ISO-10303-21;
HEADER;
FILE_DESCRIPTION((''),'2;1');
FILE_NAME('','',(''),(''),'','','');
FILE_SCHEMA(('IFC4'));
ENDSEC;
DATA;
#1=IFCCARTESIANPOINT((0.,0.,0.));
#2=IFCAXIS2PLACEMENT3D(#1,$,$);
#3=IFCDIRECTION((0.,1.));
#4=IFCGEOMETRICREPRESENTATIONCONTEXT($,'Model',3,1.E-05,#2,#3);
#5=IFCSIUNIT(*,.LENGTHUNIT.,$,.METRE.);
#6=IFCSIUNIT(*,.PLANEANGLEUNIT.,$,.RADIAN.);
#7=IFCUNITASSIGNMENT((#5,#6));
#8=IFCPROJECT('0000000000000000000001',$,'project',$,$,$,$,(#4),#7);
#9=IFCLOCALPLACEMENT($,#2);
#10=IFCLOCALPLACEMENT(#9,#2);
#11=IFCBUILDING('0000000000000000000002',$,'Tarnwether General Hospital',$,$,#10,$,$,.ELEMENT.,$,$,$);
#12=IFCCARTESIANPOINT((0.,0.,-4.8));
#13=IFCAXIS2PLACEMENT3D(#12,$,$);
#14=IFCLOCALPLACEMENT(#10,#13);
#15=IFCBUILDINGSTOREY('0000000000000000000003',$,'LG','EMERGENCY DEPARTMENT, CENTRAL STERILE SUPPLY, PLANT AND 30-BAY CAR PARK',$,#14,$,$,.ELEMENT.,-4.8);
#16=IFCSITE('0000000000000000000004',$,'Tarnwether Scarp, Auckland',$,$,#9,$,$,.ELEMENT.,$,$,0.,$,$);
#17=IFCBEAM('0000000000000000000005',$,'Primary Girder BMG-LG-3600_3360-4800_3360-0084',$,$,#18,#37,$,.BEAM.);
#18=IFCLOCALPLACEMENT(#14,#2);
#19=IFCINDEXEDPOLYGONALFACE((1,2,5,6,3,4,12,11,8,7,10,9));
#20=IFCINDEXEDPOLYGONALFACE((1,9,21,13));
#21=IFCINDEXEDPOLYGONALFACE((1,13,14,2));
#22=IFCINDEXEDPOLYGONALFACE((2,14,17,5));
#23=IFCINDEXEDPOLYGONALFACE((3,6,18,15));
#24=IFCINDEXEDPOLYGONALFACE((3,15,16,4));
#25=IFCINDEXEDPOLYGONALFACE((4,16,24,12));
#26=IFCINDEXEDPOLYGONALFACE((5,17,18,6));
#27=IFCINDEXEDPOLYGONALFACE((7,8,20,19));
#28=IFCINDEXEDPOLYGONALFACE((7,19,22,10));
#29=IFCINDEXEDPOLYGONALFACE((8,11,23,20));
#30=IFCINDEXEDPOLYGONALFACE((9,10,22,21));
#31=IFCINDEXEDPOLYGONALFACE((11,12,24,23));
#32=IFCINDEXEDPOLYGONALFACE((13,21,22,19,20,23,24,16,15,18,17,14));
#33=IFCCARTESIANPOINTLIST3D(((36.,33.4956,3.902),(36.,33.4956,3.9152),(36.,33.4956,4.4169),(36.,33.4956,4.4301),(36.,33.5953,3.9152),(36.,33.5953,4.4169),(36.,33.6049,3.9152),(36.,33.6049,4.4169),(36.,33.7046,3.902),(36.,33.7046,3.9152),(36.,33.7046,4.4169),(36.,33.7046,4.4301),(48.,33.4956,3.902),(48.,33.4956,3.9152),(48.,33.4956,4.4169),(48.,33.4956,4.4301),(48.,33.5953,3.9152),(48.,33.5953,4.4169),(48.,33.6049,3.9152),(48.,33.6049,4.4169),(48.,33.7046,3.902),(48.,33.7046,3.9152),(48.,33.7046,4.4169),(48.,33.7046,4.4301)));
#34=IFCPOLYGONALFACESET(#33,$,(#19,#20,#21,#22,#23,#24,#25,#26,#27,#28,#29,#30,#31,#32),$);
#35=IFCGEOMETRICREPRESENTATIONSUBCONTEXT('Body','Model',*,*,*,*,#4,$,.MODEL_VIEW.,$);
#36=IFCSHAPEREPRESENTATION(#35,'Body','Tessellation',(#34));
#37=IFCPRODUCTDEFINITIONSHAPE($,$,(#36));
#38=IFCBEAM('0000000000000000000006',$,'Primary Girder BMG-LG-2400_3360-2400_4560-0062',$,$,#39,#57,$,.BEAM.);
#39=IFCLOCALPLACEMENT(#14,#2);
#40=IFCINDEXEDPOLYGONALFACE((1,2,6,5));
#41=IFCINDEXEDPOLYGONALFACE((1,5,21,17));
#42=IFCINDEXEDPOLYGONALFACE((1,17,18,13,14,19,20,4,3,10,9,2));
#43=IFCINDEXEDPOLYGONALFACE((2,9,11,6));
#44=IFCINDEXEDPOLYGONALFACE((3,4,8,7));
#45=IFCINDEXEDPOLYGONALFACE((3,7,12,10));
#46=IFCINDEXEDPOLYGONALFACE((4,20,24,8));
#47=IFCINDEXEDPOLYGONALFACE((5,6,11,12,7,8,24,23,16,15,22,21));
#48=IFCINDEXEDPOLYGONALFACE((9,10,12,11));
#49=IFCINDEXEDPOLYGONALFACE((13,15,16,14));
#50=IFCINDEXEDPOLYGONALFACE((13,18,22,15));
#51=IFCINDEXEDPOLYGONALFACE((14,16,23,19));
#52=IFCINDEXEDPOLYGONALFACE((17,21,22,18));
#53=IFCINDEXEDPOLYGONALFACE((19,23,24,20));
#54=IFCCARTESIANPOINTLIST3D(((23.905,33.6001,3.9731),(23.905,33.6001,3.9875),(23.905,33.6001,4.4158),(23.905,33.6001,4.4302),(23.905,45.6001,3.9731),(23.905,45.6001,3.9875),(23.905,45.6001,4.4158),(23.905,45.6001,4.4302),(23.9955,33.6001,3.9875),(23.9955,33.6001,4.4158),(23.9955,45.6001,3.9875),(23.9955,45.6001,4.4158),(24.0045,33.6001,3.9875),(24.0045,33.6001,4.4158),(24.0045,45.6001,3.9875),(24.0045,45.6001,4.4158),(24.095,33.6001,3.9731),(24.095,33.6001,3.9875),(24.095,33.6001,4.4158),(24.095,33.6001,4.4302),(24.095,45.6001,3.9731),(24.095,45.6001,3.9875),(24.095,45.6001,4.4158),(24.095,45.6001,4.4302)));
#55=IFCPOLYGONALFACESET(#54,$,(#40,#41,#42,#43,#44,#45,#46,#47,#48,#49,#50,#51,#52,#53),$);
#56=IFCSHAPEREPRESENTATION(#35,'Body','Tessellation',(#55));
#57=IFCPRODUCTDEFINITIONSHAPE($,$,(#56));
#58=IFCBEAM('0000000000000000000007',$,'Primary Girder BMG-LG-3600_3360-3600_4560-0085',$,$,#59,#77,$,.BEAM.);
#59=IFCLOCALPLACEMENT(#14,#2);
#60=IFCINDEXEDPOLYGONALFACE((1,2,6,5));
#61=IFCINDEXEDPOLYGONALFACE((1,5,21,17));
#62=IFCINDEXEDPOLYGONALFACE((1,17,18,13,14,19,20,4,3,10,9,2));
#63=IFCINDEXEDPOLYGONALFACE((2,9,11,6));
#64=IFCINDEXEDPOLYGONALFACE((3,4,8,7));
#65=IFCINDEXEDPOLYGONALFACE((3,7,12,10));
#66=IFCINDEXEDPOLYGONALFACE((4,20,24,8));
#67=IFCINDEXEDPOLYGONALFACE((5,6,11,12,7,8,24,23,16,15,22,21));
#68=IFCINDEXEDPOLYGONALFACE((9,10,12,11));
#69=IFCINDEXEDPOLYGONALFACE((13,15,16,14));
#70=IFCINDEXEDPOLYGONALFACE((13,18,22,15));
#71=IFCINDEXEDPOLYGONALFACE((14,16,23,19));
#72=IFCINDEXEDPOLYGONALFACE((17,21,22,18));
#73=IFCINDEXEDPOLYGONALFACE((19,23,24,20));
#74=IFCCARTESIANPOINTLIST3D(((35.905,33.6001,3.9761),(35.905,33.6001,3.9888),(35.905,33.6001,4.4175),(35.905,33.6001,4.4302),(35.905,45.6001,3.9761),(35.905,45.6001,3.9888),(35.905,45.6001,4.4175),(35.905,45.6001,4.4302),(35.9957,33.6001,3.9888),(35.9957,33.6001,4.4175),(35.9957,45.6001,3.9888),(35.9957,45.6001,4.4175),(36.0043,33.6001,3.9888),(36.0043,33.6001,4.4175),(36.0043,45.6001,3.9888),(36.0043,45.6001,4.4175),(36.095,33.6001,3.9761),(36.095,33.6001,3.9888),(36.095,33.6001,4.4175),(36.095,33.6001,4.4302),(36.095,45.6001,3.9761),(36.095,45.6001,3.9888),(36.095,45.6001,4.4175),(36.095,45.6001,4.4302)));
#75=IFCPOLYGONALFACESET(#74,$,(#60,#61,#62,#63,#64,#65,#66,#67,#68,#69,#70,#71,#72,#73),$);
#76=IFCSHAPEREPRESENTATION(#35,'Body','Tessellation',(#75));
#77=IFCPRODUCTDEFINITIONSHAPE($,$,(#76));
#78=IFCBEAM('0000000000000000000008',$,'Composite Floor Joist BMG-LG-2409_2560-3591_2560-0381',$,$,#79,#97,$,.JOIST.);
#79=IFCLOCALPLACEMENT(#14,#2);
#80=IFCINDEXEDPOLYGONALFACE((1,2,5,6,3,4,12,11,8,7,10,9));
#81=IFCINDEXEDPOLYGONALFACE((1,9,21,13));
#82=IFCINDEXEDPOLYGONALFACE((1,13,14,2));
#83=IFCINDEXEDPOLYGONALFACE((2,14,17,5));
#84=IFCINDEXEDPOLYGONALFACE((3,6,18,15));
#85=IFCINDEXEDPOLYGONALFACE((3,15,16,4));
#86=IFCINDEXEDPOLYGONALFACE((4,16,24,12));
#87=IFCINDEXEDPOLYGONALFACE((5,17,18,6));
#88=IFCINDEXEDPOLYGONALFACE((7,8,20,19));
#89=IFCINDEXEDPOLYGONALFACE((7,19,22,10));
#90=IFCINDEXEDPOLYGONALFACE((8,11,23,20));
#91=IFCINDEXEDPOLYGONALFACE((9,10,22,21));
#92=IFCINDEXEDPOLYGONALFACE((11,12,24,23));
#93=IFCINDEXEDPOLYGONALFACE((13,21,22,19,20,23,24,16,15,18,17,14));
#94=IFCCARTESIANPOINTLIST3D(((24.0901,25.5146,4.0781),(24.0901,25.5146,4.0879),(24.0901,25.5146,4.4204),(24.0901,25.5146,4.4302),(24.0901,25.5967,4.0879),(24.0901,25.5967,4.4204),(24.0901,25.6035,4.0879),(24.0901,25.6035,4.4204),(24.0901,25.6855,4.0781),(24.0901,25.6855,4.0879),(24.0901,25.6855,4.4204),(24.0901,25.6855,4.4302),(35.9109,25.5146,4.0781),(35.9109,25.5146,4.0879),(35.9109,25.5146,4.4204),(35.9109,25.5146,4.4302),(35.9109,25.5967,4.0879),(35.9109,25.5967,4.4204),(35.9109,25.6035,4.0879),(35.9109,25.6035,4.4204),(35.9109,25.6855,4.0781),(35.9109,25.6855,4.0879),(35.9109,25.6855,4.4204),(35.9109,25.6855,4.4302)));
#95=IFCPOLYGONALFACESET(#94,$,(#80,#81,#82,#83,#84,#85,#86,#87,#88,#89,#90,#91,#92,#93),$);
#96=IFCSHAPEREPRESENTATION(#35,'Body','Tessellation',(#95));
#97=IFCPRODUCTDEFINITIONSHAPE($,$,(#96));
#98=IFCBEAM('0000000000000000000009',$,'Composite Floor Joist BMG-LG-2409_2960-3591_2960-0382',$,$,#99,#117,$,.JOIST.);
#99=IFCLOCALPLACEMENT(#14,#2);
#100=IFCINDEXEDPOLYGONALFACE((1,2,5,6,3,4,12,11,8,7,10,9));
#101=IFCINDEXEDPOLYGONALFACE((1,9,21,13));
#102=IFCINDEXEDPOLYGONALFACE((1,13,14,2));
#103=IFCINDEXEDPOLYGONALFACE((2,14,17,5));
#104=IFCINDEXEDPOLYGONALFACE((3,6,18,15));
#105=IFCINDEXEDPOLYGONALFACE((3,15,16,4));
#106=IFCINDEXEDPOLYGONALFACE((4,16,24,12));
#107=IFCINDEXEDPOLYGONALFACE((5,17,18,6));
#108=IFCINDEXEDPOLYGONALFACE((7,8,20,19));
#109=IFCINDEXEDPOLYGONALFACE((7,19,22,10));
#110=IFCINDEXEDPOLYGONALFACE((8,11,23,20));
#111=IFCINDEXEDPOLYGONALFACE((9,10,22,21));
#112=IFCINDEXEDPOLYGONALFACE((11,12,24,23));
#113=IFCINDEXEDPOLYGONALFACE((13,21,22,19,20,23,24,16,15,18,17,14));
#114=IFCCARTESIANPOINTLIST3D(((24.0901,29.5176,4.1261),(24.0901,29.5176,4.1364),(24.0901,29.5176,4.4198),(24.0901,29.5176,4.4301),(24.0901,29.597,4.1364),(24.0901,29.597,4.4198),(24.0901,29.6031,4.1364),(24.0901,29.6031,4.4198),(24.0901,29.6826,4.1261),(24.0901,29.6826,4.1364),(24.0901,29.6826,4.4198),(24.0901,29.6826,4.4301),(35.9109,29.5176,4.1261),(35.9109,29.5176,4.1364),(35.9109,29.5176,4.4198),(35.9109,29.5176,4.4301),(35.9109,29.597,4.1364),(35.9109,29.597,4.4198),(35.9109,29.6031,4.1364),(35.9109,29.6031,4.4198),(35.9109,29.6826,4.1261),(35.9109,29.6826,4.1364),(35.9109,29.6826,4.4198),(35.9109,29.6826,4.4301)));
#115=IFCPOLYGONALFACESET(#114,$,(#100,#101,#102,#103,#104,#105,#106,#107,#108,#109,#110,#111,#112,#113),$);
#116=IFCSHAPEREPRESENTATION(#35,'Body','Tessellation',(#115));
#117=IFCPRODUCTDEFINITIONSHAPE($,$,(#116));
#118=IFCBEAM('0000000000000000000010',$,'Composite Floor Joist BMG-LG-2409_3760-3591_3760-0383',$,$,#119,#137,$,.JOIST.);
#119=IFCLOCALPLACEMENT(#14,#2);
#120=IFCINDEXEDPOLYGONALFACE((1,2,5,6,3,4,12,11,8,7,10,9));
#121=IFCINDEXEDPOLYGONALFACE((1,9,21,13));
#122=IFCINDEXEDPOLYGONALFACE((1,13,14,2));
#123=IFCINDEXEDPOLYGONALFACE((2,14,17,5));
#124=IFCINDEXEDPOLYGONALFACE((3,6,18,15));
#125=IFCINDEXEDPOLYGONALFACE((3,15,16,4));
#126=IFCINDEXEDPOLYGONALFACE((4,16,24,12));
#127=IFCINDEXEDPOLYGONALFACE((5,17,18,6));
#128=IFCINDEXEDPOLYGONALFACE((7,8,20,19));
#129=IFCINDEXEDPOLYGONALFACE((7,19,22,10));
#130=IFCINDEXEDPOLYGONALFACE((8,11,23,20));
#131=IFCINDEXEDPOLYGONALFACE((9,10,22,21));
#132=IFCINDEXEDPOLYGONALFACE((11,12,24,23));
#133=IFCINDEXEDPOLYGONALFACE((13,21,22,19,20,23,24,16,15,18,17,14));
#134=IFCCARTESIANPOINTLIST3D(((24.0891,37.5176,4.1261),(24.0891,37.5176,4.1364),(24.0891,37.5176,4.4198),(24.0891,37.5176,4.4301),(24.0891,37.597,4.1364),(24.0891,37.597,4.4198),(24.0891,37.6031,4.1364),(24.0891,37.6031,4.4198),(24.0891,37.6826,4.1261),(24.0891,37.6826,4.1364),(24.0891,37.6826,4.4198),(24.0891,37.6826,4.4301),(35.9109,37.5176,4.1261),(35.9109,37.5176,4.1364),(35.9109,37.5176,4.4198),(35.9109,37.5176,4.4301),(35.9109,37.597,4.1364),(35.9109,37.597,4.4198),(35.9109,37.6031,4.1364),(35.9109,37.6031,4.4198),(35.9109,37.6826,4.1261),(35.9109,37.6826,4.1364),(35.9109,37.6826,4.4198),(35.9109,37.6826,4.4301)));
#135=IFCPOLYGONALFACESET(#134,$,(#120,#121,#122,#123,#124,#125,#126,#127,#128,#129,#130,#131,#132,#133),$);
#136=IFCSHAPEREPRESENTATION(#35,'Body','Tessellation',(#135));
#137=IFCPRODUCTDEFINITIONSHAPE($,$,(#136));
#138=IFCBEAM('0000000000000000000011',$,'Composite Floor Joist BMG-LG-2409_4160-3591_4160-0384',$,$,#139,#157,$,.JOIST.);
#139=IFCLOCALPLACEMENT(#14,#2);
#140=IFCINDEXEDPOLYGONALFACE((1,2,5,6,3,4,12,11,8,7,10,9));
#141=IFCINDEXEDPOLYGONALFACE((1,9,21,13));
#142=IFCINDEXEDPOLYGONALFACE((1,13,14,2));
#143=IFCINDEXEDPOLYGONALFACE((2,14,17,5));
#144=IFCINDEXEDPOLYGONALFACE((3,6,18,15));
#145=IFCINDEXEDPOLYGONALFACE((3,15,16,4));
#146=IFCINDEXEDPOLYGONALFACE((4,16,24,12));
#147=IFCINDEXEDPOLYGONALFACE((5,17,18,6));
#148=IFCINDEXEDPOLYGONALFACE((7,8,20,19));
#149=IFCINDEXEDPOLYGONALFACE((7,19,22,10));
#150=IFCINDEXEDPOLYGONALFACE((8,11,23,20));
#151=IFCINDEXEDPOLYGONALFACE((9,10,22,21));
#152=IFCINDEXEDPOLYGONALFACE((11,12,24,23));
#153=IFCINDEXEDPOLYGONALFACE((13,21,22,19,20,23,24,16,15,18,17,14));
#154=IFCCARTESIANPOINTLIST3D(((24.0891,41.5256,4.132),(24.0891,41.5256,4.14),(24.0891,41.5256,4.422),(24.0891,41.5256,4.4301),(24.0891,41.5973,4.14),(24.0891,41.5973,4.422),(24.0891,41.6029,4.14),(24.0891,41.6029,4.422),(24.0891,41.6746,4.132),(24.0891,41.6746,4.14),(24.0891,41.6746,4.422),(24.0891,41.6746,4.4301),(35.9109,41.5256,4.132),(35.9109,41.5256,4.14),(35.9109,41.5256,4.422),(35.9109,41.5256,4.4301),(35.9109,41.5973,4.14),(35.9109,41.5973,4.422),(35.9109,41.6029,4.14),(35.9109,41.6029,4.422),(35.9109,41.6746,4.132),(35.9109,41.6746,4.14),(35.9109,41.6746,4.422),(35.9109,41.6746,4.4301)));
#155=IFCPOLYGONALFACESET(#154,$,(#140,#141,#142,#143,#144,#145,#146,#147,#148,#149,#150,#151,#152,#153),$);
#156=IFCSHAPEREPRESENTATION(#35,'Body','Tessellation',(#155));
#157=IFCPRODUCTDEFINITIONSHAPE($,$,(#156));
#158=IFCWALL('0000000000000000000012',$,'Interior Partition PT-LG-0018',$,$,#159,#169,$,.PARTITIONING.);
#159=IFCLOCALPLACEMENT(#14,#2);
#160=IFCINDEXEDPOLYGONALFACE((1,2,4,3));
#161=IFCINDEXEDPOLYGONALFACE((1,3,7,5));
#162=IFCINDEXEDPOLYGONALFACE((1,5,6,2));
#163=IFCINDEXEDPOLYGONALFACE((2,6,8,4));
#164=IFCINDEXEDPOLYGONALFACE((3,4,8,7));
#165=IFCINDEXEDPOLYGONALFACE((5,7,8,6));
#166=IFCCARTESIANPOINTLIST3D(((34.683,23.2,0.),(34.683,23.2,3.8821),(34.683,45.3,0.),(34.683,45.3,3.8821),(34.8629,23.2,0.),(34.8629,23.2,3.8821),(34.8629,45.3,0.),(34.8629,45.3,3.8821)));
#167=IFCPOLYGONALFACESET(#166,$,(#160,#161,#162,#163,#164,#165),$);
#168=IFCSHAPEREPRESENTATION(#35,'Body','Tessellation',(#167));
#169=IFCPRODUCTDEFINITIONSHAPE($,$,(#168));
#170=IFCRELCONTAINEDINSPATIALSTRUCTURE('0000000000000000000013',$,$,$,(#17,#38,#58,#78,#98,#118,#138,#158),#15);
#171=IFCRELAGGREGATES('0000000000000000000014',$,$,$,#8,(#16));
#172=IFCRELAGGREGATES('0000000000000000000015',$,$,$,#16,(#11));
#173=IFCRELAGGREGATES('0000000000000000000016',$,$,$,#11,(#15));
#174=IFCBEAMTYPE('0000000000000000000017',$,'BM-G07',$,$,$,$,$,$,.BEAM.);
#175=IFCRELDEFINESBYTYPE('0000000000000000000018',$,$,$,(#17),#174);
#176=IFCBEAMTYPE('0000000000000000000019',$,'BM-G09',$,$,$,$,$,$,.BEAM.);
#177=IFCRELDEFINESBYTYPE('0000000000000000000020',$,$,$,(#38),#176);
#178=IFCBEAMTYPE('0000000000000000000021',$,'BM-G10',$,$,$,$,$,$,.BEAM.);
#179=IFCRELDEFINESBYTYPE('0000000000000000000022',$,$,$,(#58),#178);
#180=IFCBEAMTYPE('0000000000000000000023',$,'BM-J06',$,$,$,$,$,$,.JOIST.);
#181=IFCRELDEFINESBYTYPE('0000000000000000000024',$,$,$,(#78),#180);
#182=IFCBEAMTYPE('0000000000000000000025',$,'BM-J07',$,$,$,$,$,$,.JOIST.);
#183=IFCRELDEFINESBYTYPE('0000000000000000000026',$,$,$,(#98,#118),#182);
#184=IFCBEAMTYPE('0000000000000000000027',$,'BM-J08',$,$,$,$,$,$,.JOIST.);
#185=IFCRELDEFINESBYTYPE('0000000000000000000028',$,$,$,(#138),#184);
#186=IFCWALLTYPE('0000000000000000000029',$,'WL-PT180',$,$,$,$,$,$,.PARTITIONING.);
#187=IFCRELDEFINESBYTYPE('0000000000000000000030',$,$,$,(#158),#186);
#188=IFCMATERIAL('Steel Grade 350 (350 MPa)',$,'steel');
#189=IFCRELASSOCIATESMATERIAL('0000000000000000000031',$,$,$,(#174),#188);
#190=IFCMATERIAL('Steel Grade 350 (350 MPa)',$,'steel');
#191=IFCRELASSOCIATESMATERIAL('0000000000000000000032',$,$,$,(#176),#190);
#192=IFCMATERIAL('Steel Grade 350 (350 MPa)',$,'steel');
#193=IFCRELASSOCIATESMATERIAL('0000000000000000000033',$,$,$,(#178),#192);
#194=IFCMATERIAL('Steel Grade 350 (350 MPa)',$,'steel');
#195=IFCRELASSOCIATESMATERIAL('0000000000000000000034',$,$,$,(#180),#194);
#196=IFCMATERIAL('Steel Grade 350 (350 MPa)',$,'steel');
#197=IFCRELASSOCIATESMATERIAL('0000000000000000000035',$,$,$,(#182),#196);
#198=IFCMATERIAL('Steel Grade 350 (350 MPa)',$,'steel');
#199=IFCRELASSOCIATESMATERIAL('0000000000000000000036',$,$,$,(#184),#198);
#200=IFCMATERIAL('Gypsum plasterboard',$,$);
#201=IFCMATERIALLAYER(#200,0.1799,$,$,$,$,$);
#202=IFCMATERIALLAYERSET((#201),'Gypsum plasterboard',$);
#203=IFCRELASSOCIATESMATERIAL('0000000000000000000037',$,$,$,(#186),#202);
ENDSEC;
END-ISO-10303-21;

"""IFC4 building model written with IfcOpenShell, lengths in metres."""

from ifc_helpers import new_model, si_unit, direction, frame, frame_2d, origin, origin_2d, place, context, subcontext, project, spatial, rectangle, i_section, extrude, material, layer, layer_set, material_profile, profile_set, type_object, element, save


model = new_model("IFC4")

# Units and contexts
model_context = context("Model", 3, precision=1e-05, world=origin(), true_north=direction((0.0, 1.0)))
body_context = subcontext(model_context, "Body", "Model", "MODEL_VIEW")
ifc_project = project(units=[si_unit("LENGTHUNIT", "METRE"), si_unit("PLANEANGLEUNIT", "RADIAN")], contexts=[model_context])

# Site, building, storey
site_placement = place(None, origin())
site = spatial("IfcSite", under=ifc_project, at=site_placement, Name="Tarnwether Scarp, Auckland", CompositionType="ELEMENT", RefElevation=0.0)
building_placement = place(site_placement, origin())
building = spatial("IfcBuilding", under=site, at=building_placement, Name="Tarnwether General Hospital", CompositionType="ELEMENT")
storey_placement = place(building_placement, frame((0.0, 0.0, -4.8)))
storey = spatial("IfcBuildingStorey", under=building, at=storey_placement, Name="LG", Description="EMERGENCY DEPARTMENT, CENTRAL STERILE SUPPLY, PLANT AND 30-BAY CAR PARK", CompositionType="ELEMENT", Elevation=-4.8)

# Beams
ifc_material_1 = material(Name="Steel Grade 350 (350 MPa)", Category="steel")
ifc_material_profile_1 = material_profile(ifc_material_1, i_section(OverallWidth=0.209, OverallDepth=0.5281, WebThickness=0.0095, FlangeThickness=0.0132, at=origin_2d()), Name="530UB82.0")
ifc_profile_set_1 = profile_set([ifc_material_profile_1], Name="Steel Grade 350 (350 MPa)")
beam_type_1 = type_object("IfcBeamType", Name="BM-G07", PredefinedType="BEAM", material=ifc_profile_set_1)
beam_1_placement = place(storey_placement, frame((36.0, 33.6001, 4.166), z_axis=(1.0, 0.0, 0.0), x_axis=(0.0, 1.0, 0.0)))
element("IfcBeam", 1, at=beam_1_placement, inside=storey, type_object=beam_type_1, Name="Primary Girder BMG-LG-3600_3360-4800_3360-0084", PredefinedType="BEAM", context=body_context, shape_type="SweptSolid", body=[
    extrude(i_section(OverallWidth=0.209, OverallDepth=0.5281, WebThickness=0.0095, FlangeThickness=0.0132, at=origin_2d()), origin(), (0.0, 0.0, 1.0), 12.0),
])
ifc_material_2 = material(Name="Steel Grade 350 (350 MPa)", Category="steel")
ifc_material_profile_2 = material_profile(ifc_material_2, i_section(OverallWidth=0.1899, OverallDepth=0.457, WebThickness=0.009, FlangeThickness=0.0144, at=origin_2d()), Name="460UB74.6")
ifc_profile_set_2 = profile_set([ifc_material_profile_2], Name="Steel Grade 350 (350 MPa)")
beam_type_2 = type_object("IfcBeamType", Name="BM-G09", PredefinedType="BEAM", material=ifc_profile_set_2)
beam_2_placement = place(storey_placement, frame((24.0, 33.6001, 4.2017), z_axis=(0.0, 1.0, 0.0), x_axis=(-1.0, 0.0, 0.0)))
element("IfcBeam", 2, at=beam_2_placement, inside=storey, type_object=beam_type_2, Name="Primary Girder BMG-LG-2400_3360-2400_4560-0062", PredefinedType="BEAM", context=body_context, shape_type="SweptSolid", body=[
    extrude(i_section(OverallWidth=0.1899, OverallDepth=0.457, WebThickness=0.009, FlangeThickness=0.0144, at=origin_2d()), origin(), (0.0, 0.0, 1.0), 12.0),
])
ifc_material_3 = material(Name="Steel Grade 350 (350 MPa)", Category="steel")
ifc_material_profile_3 = material_profile(ifc_material_3, i_section(OverallWidth=0.1899, OverallDepth=0.4541, WebThickness=0.0085, FlangeThickness=0.0127, at=origin_2d()), Name="460UB67.1")
ifc_profile_set_3 = profile_set([ifc_material_profile_3], Name="Steel Grade 350 (350 MPa)")
beam_type_3 = type_object("IfcBeamType", Name="BM-G10", PredefinedType="BEAM", material=ifc_profile_set_3)
beam_3_placement = place(storey_placement, frame((36.0, 33.6001, 4.2031), z_axis=(0.0, 1.0, 0.0), x_axis=(-1.0, 0.0, 0.0)))
element("IfcBeam", 3, at=beam_3_placement, inside=storey, type_object=beam_type_3, Name="Primary Girder BMG-LG-3600_3360-3600_4560-0085", PredefinedType="BEAM", context=body_context, shape_type="SweptSolid", body=[
    extrude(i_section(OverallWidth=0.1899, OverallDepth=0.4541, WebThickness=0.0085, FlangeThickness=0.0127, at=origin_2d()), origin(), (0.0, 0.0, 1.0), 12.0),
])
ifc_material_4 = material(Name="Steel Grade 350 (350 MPa)", Category="steel")
ifc_material_profile_4 = material_profile(ifc_material_4, i_section(OverallWidth=0.1709, OverallDepth=0.3521, WebThickness=0.0068, FlangeThickness=0.0098, at=origin_2d()), Name="360UB44.7")
ifc_profile_set_4 = profile_set([ifc_material_profile_4], Name="Steel Grade 350 (350 MPa)")
beam_type_4 = type_object("IfcBeamType", Name="BM-J06", PredefinedType="JOIST", material=ifc_profile_set_4)
beam_4_placement = place(storey_placement, frame((24.0901, 25.6001, 4.2542), z_axis=(1.0, 0.0, 0.0), x_axis=(0.0, 1.0, 0.0)))
element("IfcBeam", 4, at=beam_4_placement, inside=storey, type_object=beam_type_4, Name="Composite Floor Joist BMG-LG-2409_2560-3591_2560-0381", PredefinedType="JOIST", context=body_context, shape_type="SweptSolid", body=[
    extrude(i_section(OverallWidth=0.1709, OverallDepth=0.3521, WebThickness=0.0068, FlangeThickness=0.0098, at=origin_2d()), origin(), (0.0, 0.0, 1.0), 11.8208),
])
ifc_material_5 = material(Name="Steel Grade 350 (350 MPa)", Category="steel")
ifc_material_profile_5 = material_profile(ifc_material_5, i_section(OverallWidth=0.165, OverallDepth=0.304, WebThickness=0.0061, FlangeThickness=0.0103, at=origin_2d()), Name="310UB40.4")
ifc_profile_set_5 = profile_set([ifc_material_profile_5], Name="Steel Grade 350 (350 MPa)")
beam_type_5 = type_object("IfcBeamType", Name="BM-J07", PredefinedType="JOIST", material=ifc_profile_set_5)
beam_5_placement = place(storey_placement, frame((24.0901, 29.6001, 4.2781), z_axis=(1.0, 0.0, 0.0), x_axis=(0.0, 1.0, 0.0)))
element("IfcBeam", 5, at=beam_5_placement, inside=storey, type_object=beam_type_5, Name="Composite Floor Joist BMG-LG-2409_2960-3591_2960-0382", PredefinedType="JOIST", context=body_context, shape_type="SweptSolid", body=[
    extrude(i_section(OverallWidth=0.165, OverallDepth=0.304, WebThickness=0.0061, FlangeThickness=0.0103, at=origin_2d()), origin(), (0.0, 0.0, 1.0), 11.8208),
])
beam_6_placement = place(storey_placement, frame((24.0891, 37.6001, 4.2781), z_axis=(1.0, 0.0, 0.0), x_axis=(0.0, 1.0, 0.0)))
element("IfcBeam", 6, at=beam_6_placement, inside=storey, type_object=beam_type_5, Name="Composite Floor Joist BMG-LG-2409_3760-3591_3760-0383", PredefinedType="JOIST", context=body_context, shape_type="SweptSolid", body=[
    extrude(i_section(OverallWidth=0.165, OverallDepth=0.304, WebThickness=0.0061, FlangeThickness=0.0103, at=origin_2d()), origin(), (0.0, 0.0, 1.0), 11.8218),
])
ifc_material_6 = material(Name="Steel Grade 350 (350 MPa)", Category="steel")
ifc_material_profile_6 = material_profile(ifc_material_6, i_section(OverallWidth=0.1489, OverallDepth=0.2981, WebThickness=0.0056, FlangeThickness=0.0081, at=origin_2d()), Name="310UB32.0")
ifc_profile_set_6 = profile_set([ifc_material_profile_6], Name="Steel Grade 350 (350 MPa)")
beam_type_6 = type_object("IfcBeamType", Name="BM-J08", PredefinedType="JOIST", material=ifc_profile_set_6)
beam_7_placement = place(storey_placement, frame((24.0891, 41.6001, 4.281), z_axis=(1.0, 0.0, 0.0), x_axis=(0.0, 1.0, 0.0)))
element("IfcBeam", 7, at=beam_7_placement, inside=storey, type_object=beam_type_6, Name="Composite Floor Joist BMG-LG-2409_4160-3591_4160-0384", PredefinedType="JOIST", context=body_context, shape_type="SweptSolid", body=[
    extrude(i_section(OverallWidth=0.1489, OverallDepth=0.2981, WebThickness=0.0056, FlangeThickness=0.0081, at=origin_2d()), origin(), (0.0, 0.0, 1.0), 11.8218),
])

# Wall
ifc_material_7 = material(Name="Gypsum plasterboard")
ifc_layer = layer(ifc_material_7, 0.1799)
ifc_layer_set = layer_set([ifc_layer], Name="Gypsum plasterboard")
wall_type = type_object("IfcWallType", Name="WL-PT180", PredefinedType="PARTITIONING", material=ifc_layer_set)
wall_1_placement = place(storey_placement, frame((34.7729, 23.2, 0.0), z_axis=(0.0, 0.0, 1.0), x_axis=(0.0, 1.0, 0.0)))
element("IfcWall", 8, at=wall_1_placement, inside=storey, type_object=wall_type, Name="Interior Partition PT-LG-0018", PredefinedType="PARTITIONING", context=body_context, shape_type="SweptSolid", body=[
    extrude(rectangle(XDim=22.1001, YDim=0.1799, at=frame_2d((11.05, 0.0))), origin(), (0.0, 0.0, 1.0), 3.8821),
])

save(model, "model.ifc")
